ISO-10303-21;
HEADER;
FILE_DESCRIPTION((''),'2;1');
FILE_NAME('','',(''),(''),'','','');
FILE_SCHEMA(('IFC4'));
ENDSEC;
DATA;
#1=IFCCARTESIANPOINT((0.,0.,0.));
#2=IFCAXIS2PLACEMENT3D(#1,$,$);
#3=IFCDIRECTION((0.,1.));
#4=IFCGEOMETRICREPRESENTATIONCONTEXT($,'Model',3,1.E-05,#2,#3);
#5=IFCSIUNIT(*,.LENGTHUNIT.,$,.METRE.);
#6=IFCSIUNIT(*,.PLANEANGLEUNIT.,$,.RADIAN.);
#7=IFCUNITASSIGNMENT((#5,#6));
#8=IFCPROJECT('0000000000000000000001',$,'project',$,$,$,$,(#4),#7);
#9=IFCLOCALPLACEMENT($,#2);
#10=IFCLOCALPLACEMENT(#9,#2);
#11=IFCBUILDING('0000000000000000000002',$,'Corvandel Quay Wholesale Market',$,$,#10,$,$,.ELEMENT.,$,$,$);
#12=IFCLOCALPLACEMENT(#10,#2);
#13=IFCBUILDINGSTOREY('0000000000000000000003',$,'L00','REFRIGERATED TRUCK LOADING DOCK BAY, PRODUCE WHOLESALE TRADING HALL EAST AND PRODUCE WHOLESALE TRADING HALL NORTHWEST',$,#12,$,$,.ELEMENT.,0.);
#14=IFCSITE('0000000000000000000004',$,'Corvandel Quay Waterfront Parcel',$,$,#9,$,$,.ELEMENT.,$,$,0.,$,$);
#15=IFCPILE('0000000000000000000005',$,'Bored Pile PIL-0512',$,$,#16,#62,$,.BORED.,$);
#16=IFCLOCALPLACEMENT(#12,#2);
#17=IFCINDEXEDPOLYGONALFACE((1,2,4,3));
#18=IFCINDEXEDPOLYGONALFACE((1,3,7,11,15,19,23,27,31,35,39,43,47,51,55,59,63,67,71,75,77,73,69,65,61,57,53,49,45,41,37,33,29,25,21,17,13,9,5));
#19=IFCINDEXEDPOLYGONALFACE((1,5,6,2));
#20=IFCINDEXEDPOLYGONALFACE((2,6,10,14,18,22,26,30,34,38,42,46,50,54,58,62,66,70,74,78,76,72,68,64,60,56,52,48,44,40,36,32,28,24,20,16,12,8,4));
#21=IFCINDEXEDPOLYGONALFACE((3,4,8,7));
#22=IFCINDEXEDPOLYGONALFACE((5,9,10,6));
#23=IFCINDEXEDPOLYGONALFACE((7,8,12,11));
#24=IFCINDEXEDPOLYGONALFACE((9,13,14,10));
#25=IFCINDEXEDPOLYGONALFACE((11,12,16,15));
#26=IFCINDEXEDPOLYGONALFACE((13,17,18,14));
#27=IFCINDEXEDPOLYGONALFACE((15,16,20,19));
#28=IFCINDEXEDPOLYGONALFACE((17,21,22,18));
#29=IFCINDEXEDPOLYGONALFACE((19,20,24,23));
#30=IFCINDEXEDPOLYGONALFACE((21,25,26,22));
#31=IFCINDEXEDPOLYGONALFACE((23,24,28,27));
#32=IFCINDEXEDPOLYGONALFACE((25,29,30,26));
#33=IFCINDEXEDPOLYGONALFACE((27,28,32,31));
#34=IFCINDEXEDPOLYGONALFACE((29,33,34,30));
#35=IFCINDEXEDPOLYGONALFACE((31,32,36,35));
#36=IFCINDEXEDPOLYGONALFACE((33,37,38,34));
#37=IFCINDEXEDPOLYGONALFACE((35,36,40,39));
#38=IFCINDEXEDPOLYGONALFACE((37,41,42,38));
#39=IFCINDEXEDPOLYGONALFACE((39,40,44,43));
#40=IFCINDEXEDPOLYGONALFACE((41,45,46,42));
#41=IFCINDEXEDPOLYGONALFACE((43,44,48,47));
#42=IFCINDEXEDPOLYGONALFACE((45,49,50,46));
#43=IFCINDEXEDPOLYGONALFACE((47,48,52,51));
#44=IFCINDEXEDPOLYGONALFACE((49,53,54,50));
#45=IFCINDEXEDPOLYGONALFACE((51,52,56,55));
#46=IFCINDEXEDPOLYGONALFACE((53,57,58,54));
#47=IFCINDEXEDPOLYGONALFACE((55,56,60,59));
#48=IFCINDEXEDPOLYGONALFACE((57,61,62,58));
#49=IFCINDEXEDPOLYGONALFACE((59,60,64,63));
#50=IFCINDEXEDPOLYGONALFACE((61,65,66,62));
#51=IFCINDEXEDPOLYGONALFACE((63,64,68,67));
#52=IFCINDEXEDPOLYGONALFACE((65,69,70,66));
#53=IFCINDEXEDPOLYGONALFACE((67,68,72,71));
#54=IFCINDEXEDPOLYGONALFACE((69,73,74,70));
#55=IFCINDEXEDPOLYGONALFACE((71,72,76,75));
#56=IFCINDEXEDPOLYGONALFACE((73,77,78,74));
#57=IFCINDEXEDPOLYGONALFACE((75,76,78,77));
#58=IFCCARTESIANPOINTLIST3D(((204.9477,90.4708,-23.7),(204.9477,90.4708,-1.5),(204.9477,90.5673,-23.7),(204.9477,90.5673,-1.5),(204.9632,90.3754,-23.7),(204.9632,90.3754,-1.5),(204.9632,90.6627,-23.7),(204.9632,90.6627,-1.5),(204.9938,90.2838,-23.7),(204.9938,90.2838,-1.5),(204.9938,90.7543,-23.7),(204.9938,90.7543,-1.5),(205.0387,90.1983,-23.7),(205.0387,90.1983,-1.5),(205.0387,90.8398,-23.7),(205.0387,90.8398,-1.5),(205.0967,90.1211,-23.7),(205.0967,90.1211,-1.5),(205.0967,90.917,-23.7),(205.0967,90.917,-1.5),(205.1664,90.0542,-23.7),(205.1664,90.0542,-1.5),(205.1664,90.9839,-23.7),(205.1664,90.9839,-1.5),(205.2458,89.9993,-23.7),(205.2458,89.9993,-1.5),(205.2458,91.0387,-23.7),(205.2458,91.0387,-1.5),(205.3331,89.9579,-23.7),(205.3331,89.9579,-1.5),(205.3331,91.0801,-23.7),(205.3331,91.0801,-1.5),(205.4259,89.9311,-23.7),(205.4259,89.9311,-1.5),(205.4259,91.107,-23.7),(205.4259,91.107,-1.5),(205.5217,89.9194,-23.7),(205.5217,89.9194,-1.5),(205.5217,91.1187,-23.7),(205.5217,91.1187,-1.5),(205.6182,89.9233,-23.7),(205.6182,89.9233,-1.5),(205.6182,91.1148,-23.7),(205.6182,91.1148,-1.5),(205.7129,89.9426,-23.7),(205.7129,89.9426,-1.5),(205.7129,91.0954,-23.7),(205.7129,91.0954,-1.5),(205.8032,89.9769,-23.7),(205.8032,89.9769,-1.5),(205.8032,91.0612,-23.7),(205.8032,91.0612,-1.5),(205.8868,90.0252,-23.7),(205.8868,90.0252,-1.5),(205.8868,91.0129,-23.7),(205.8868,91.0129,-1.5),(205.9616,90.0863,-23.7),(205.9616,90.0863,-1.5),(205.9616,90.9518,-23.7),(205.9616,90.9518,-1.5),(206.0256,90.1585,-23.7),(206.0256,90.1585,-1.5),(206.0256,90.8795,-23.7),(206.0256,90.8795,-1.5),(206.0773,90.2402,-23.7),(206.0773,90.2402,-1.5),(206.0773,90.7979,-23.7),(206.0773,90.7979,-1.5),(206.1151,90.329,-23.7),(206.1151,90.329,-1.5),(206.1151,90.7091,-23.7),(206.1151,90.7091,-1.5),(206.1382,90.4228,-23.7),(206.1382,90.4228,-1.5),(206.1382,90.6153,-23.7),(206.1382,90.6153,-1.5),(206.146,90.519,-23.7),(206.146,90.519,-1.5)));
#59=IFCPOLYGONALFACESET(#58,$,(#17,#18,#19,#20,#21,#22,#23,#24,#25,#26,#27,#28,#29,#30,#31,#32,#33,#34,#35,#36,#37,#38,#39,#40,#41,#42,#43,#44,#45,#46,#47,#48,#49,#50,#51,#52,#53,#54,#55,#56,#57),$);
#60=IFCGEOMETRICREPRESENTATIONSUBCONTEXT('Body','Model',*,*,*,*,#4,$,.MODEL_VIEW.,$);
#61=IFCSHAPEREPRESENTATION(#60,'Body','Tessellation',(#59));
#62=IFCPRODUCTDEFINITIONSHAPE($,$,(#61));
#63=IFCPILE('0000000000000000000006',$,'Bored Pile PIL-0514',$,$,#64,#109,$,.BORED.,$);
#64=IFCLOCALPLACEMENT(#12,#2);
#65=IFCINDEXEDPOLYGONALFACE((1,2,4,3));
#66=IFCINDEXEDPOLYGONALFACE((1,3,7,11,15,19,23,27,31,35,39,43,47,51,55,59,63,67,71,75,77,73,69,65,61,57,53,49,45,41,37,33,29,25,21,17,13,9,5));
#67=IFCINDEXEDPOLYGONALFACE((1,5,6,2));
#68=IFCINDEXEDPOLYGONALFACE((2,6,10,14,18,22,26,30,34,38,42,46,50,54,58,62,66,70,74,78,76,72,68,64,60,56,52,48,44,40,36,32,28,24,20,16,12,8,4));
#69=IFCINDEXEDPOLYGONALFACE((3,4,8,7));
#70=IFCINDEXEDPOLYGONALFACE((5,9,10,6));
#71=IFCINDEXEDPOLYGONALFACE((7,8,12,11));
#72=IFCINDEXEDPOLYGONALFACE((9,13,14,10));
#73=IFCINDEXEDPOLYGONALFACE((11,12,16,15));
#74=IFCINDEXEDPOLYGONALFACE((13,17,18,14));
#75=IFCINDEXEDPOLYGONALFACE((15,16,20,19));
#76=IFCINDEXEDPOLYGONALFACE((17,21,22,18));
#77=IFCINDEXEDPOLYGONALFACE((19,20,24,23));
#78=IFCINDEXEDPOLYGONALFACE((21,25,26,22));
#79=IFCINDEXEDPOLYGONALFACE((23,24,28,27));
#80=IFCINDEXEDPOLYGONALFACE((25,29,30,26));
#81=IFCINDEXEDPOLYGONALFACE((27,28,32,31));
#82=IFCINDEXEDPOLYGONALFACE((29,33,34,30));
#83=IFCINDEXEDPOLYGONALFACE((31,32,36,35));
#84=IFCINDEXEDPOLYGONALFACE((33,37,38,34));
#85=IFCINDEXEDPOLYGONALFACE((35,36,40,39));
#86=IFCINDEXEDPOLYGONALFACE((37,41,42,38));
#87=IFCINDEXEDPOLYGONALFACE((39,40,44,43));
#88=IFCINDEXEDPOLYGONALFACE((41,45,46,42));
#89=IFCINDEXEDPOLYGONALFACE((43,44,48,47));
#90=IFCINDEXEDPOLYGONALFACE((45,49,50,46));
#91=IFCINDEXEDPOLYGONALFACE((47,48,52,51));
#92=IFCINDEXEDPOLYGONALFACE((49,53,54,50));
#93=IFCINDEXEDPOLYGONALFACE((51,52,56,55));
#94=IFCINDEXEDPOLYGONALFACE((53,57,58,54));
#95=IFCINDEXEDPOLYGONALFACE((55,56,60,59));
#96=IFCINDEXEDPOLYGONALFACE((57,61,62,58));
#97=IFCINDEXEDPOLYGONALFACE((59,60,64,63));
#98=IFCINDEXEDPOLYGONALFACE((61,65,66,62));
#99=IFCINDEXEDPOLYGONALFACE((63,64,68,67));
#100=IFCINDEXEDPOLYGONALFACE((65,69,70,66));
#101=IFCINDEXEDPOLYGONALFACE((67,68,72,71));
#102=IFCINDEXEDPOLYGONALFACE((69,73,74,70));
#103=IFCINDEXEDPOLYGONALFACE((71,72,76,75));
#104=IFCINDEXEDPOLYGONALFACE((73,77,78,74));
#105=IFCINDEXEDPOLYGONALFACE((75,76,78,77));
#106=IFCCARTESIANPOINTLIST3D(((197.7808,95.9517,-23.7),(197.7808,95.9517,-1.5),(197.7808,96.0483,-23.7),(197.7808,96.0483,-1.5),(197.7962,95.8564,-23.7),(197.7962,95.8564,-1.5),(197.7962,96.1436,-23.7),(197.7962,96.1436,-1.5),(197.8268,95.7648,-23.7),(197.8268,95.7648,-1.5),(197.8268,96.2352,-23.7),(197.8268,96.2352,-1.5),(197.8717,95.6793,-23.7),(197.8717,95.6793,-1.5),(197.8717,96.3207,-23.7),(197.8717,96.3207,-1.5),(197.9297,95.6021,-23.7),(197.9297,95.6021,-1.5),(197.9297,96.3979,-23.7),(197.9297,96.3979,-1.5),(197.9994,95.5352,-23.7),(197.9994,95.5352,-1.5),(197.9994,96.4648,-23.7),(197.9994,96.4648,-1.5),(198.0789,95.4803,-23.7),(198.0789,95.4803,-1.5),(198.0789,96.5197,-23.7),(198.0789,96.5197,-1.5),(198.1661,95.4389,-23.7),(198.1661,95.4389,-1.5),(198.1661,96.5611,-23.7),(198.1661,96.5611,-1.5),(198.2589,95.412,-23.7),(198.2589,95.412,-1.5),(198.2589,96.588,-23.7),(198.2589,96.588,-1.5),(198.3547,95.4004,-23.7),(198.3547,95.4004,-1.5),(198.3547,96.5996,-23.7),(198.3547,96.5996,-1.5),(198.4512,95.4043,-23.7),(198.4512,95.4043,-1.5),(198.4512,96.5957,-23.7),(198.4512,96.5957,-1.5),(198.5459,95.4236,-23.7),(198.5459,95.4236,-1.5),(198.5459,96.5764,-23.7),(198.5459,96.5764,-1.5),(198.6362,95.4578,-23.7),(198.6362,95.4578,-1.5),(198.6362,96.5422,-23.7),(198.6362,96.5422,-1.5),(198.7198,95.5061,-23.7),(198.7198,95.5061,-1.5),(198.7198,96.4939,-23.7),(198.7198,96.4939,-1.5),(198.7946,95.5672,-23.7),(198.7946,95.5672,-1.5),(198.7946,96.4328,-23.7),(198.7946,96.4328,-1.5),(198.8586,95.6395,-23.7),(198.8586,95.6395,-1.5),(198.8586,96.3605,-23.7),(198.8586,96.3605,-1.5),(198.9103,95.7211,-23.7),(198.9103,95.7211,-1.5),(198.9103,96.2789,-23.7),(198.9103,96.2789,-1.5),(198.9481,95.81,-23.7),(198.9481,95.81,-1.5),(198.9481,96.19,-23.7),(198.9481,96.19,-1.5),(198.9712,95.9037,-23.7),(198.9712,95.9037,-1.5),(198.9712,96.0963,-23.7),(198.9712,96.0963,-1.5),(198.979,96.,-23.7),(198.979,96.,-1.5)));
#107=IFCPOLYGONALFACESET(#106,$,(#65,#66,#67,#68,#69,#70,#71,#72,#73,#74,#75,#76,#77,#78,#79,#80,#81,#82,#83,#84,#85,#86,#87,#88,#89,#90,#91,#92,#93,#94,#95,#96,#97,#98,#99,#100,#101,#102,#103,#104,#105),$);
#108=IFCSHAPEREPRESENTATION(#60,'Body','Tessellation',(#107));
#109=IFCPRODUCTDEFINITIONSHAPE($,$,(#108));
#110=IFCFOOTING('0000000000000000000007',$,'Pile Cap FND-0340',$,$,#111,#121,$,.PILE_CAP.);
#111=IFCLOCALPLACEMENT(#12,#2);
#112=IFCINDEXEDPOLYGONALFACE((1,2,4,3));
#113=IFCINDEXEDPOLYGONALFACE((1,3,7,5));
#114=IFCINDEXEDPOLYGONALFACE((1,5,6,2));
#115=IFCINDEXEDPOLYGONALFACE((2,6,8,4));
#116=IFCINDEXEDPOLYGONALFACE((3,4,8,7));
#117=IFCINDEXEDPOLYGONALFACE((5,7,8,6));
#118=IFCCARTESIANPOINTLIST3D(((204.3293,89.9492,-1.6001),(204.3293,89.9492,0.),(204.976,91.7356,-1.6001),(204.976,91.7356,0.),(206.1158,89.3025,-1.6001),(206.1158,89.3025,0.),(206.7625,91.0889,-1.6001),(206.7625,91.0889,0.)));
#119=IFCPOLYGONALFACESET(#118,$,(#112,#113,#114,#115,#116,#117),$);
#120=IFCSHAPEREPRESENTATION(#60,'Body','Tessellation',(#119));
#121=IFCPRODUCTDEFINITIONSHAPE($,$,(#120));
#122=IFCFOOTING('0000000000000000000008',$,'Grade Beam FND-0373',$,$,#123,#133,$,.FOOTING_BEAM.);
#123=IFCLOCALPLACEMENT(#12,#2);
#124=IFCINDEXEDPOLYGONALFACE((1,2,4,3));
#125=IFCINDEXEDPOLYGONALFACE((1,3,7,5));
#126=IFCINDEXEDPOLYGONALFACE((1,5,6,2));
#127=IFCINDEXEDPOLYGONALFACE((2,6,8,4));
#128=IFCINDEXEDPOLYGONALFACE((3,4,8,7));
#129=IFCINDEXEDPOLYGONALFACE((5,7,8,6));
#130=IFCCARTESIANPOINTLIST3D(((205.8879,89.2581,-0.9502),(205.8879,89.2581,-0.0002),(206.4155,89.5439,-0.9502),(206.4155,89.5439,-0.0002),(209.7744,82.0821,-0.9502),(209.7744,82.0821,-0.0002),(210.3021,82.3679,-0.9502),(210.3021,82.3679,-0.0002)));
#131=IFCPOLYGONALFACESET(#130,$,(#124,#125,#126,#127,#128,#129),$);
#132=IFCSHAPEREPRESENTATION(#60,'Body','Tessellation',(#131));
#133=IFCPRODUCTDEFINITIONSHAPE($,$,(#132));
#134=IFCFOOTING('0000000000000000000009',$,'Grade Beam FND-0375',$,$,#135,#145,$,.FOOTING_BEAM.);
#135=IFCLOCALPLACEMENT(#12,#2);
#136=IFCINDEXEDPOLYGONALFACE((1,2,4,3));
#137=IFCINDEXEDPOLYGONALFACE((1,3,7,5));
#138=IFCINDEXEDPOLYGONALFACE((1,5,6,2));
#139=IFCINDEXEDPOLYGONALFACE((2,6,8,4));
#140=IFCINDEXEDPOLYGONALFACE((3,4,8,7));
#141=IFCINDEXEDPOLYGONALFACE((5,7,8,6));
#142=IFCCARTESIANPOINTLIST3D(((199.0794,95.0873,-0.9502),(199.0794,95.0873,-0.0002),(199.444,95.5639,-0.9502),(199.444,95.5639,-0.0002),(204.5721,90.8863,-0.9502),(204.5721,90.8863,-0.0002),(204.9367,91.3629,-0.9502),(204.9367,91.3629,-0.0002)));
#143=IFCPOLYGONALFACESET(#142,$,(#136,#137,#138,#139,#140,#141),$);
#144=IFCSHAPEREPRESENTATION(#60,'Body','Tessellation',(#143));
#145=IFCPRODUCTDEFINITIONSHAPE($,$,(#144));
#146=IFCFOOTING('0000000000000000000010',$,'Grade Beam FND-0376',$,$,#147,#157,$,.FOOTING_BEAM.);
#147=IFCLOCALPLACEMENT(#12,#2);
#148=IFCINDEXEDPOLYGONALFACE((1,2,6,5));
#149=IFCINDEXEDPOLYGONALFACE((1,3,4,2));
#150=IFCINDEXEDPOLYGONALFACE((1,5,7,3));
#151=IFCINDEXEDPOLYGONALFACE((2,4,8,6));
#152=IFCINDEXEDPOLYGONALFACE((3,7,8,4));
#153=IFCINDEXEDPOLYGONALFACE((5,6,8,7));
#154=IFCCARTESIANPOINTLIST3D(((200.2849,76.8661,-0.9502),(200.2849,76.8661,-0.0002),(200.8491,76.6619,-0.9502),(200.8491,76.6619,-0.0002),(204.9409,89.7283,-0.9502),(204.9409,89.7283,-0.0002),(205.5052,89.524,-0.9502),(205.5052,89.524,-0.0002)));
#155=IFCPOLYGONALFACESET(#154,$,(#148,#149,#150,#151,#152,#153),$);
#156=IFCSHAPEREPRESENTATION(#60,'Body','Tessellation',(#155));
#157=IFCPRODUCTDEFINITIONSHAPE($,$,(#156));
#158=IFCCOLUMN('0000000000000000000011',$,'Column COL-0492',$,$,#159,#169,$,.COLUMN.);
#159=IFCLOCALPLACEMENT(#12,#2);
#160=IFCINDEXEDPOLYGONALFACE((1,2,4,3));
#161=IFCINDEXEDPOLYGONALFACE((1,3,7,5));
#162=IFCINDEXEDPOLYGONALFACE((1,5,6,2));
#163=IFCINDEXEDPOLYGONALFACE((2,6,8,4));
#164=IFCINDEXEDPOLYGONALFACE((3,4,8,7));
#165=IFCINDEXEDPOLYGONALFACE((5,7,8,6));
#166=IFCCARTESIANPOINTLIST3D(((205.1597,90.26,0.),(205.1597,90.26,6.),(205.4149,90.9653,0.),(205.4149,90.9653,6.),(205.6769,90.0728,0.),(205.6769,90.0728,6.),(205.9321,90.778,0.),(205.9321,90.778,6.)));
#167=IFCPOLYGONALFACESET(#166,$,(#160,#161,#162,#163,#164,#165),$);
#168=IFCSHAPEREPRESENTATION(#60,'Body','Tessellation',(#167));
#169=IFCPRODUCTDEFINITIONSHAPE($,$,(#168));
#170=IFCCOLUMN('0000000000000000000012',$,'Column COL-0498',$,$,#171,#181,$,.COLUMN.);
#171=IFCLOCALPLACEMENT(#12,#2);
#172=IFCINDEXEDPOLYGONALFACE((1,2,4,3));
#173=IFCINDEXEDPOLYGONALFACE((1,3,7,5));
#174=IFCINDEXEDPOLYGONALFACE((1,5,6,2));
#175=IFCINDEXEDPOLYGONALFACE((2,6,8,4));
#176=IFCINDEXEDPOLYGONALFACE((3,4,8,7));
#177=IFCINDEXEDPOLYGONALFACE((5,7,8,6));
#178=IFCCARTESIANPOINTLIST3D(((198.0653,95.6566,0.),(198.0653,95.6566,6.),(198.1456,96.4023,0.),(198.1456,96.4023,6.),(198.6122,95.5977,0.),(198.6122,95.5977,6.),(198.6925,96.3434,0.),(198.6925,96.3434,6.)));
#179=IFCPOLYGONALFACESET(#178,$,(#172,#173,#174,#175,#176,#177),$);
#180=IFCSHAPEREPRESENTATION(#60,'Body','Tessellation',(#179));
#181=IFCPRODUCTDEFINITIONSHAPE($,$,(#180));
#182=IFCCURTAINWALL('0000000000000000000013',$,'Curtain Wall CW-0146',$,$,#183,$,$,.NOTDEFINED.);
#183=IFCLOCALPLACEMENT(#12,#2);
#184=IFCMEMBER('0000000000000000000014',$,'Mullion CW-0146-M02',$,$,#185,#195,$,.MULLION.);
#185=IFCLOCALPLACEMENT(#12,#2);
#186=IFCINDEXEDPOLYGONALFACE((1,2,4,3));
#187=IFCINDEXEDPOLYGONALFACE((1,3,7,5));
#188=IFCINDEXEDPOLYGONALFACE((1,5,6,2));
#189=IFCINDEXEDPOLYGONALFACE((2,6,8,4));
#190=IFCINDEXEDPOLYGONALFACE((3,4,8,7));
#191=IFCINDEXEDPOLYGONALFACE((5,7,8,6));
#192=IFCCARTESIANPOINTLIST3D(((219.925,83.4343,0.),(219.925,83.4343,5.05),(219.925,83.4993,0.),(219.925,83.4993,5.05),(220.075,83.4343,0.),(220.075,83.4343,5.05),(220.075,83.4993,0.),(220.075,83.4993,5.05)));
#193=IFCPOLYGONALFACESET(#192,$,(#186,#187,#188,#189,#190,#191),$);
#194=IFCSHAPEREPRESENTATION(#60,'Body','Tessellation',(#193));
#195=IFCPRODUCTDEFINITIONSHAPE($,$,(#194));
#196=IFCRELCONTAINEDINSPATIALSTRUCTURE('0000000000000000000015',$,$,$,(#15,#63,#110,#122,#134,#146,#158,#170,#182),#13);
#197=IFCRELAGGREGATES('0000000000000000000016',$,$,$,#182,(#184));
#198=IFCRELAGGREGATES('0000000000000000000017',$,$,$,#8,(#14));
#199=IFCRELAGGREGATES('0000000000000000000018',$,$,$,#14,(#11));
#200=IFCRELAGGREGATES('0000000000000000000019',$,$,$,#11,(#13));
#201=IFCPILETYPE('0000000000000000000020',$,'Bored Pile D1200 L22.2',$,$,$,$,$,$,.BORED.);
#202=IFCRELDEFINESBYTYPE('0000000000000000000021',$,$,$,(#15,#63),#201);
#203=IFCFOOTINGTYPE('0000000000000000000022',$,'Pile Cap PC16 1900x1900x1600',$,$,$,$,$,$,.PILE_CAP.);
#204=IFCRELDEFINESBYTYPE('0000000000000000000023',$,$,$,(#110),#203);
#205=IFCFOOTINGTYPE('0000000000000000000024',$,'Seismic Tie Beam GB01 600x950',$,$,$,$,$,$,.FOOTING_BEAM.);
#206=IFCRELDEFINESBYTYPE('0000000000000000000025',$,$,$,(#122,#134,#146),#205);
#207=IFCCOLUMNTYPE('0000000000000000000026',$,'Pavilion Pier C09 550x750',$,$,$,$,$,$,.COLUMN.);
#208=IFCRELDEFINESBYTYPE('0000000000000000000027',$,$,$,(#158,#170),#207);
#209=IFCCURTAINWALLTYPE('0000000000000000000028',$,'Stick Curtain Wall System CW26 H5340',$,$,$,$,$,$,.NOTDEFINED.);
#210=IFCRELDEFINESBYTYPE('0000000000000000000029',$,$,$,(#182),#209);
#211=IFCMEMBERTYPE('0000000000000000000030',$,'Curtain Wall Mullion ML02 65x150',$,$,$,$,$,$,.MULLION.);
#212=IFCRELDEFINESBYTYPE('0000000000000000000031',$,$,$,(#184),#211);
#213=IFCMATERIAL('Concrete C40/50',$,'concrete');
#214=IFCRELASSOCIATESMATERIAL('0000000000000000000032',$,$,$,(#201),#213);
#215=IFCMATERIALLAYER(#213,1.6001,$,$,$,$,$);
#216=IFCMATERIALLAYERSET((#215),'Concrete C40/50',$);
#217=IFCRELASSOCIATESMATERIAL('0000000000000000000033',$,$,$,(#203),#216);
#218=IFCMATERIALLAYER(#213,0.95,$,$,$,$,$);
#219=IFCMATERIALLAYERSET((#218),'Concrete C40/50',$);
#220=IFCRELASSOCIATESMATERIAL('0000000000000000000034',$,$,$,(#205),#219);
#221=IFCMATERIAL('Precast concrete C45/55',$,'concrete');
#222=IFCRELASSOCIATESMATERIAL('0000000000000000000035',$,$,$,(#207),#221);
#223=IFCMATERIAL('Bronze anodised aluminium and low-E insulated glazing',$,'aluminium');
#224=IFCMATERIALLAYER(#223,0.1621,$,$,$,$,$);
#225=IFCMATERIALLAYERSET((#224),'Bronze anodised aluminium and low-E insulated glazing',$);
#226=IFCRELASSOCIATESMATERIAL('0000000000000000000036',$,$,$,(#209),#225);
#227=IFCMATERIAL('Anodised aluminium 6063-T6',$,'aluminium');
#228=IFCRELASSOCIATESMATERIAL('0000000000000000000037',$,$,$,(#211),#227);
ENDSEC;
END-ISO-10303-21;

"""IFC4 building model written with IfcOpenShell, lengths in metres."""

from ifc_helpers import new_model, si_unit, direction, frame, origin, origin_2d, place, context, subcontext, project, spatial, rectangle, circle, extrude, material, layer, layer_set, material_profile, profile_set, type_object, element, aggregate, save


model = new_model("IFC4")

# Units and contexts
model_context = context("Model", 3, precision=1e-05, world=origin(), true_north=direction((0.0, 1.0)))
body_context = subcontext(model_context, "Body", "Model", "MODEL_VIEW")
ifc_project = project(units=[si_unit("LENGTHUNIT", "METRE"), si_unit("PLANEANGLEUNIT", "RADIAN")], contexts=[model_context])

# Site, building, storey
site_placement = place(None, origin())
site = spatial("IfcSite", under=ifc_project, at=site_placement, Name="Corvandel Quay Waterfront Parcel", CompositionType="ELEMENT", RefElevation=0.0)
building_placement = place(site_placement, origin())
building = spatial("IfcBuilding", under=site, at=building_placement, Name="Corvandel Quay Wholesale Market", CompositionType="ELEMENT")
storey_placement = place(building_placement, origin())
storey = spatial("IfcBuildingStorey", under=building, at=storey_placement, Name="L00", Description="REFRIGERATED TRUCK LOADING DOCK BAY, PRODUCE WHOLESALE TRADING HALL EAST AND PRODUCE WHOLESALE TRADING HALL NORTHWEST", CompositionType="ELEMENT", Elevation=0.0)

# Piles
ifc_material_1 = material(Name="Concrete C40/50", Category="concrete")
ifc_material_profile_1 = material_profile(ifc_material_1, circle(Radius=0.6001, at=origin_2d()), Name="RC-PILE-D1200")
ifc_profile_set_1 = profile_set([ifc_material_profile_1], Name="Concrete C40/50")
pile_type = type_object("IfcPileType", Name="Bored Pile D1200 L22.2", PredefinedType="BORED", material=ifc_profile_set_1)
for number, where, z_axis, x_axis, name in (
    (1, (205.5459, 90.519, -1.5), (0.0, 0.0, -1.0), (1.0, 0.0, 0.0), "Bored Pile PIL-0512"),
    (2, (198.3789, 96.0, -1.5), (0.0, 0.0, -1.0), (1.0, 0.0, 0.0), "Bored Pile PIL-0514"),
):
    element("IfcPile", number, at=place(storey_placement, frame(where, z_axis=z_axis, x_axis=x_axis)), inside=storey, type_object=pile_type, Name=name, PredefinedType="BORED", context=body_context, shape_type="SweptSolid", body=[
        extrude(circle(Radius=0.6001, at=origin_2d()), origin(), (0.0, 0.0, 1.0), 22.2),
    ])

# Footings
ifc_layer_1 = layer(ifc_material_1, 1.6001)
ifc_layer_set_1 = layer_set([ifc_layer_1], Name="Concrete C40/50")
footing_type_1 = type_object("IfcFootingType", Name="Pile Cap PC16 1900x1900x1600", PredefinedType="PILE_CAP", material=ifc_layer_set_1)
footing_1_placement = place(storey_placement, frame((205.5459, 90.519, -1.6001), z_axis=(0.0, 0.0, 1.0), x_axis=(-0.940288, 0.34038, 0.0)))
element("IfcFooting", 3, at=footing_1_placement, inside=storey, type_object=footing_type_1, Name="Pile Cap FND-0340", PredefinedType="PILE_CAP", context=body_context, shape_type="SweptSolid", body=[
    extrude(rectangle(XDim=1.8999, YDim=1.8999, at=origin_2d()), origin(), (0.0, 0.0, 1.0), 1.6001),
])
ifc_layer_2 = layer(ifc_material_1, 0.95)
ifc_layer_set_2 = layer_set([ifc_layer_2], Name="Concrete C40/50")
footing_type_2 = type_object("IfcFootingType", Name="Seismic Tie Beam GB01 600x950", PredefinedType="FOOTING_BEAM", material=ifc_layer_set_2)
footing_2_placement = place(storey_placement, frame((208.095, 85.813, -0.9502), z_axis=(0.0, 0.0, 1.0), x_axis=(-0.476238, 0.879316, 0.0)))
element("IfcFooting", 4, at=footing_2_placement, inside=storey, type_object=footing_type_2, Name="Grade Beam FND-0373", PredefinedType="FOOTING_BEAM", context=body_context, shape_type="SweptSolid", body=[
    extrude(rectangle(XDim=8.1609, YDim=0.6001, at=origin_2d()), origin(), (0.0, 0.0, 1.0), 0.95),
])
footing_3_placement = place(storey_placement, frame((202.0081, 93.2251, -0.9502), z_axis=(0.0, 0.0, 1.0), x_axis=(-0.794309, 0.607514, 0.0)))
element("IfcFooting", 5, at=footing_3_placement, inside=storey, type_object=footing_type_2, Name="Grade Beam FND-0375", PredefinedType="FOOTING_BEAM", context=body_context, shape_type="SweptSolid", body=[
    extrude(rectangle(XDim=6.915, YDim=0.6001, at=origin_2d()), origin(), (0.0, 0.0, 1.0), 0.95),
])
footing_4_placement = place(storey_placement, frame((202.895, 83.1951, -0.9502), z_axis=(0.0, 0.0, 1.0), x_axis=(0.34038, 0.940288, 0.0)))
element("IfcFooting", 6, at=footing_4_placement, inside=storey, type_object=footing_type_2, Name="Grade Beam FND-0376", PredefinedType="FOOTING_BEAM", context=body_context, shape_type="SweptSolid", body=[
    extrude(rectangle(XDim=13.679, YDim=0.6001, at=origin_2d()), origin(), (0.0, 0.0, 1.0), 0.95),
])

# Columns
ifc_material_2 = material(Name="Precast concrete C45/55", Category="concrete")
ifc_material_profile_2 = material_profile(ifc_material_2, rectangle(XDim=0.55, YDim=0.75, at=origin_2d()), Name="PC-COL-550x750")
ifc_profile_set_2 = profile_set([ifc_material_profile_2], Name="Precast concrete C45/55")
column_type = type_object("IfcColumnType", Name="Pavilion Pier C09 550x750", PredefinedType="COLUMN", material=ifc_profile_set_2)
for number, where, z_axis, x_axis, name in (
    (7, (205.5459, 90.519, 0.0), (0.0, 0.0, 1.0), (-0.940288, 0.34038, 0.0), "Column COL-0492"),
    (8, (198.3789, 96.0, 0.0), (0.0, 0.0, 1.0), (-0.994245, 0.107132, 0.0), "Column COL-0498"),
):
    element("IfcColumn", number, at=place(storey_placement, frame(where, z_axis=z_axis, x_axis=x_axis)), inside=storey, type_object=column_type, Name=name, PredefinedType="COLUMN", context=body_context, shape_type="SweptSolid", body=[
        extrude(rectangle(XDim=0.55, YDim=0.75, at=origin_2d()), origin(), (0.0, 0.0, 1.0), 6.0),
    ])

# Curtain wall, member
ifc_material_3 = material(Name="Bronze anodised aluminium and low-E insulated glazing", Category="aluminium")
ifc_layer_3 = layer(ifc_material_3, 0.1621)
ifc_layer_set_3 = layer_set([ifc_layer_3], Name="Bronze anodised aluminium and low-E insulated glazing")
curtain_wall_type = type_object("IfcCurtainWallType", Name="Stick Curtain Wall System CW26 H5340", PredefinedType="NOTDEFINED", material=ifc_layer_set_3)
curtain_wall_placement = place(storey_placement, origin())
curtain_wall = element("IfcCurtainWall", 9, at=curtain_wall_placement, inside=storey, type_object=curtain_wall_type, Name="Curtain Wall CW-0146", PredefinedType="NOTDEFINED")
ifc_material_4 = material(Name="Anodised aluminium 6063-T6", Category="aluminium")
ifc_material_profile_3 = material_profile(ifc_material_4, rectangle(XDim=0.0649, YDim=0.1499, at=origin_2d()), Name="ALU-MUL-65x150")
ifc_profile_set_3 = profile_set([ifc_material_profile_3], Name="Anodised aluminium 6063-T6")
member_type = type_object("IfcMemberType", Name="Curtain Wall Mullion ML02 65x150", PredefinedType="MULLION", material=ifc_profile_set_3)
member_placement = place(storey_placement, frame((220.0, 83.4668, 0.0), z_axis=(0.0, 0.0, 1.0), x_axis=(0.0, 1.0, 0.0)))
member = element("IfcMember", 10, at=member_placement, type_object=member_type, Name="Mullion CW-0146-M02", PredefinedType="MULLION", context=body_context, shape_type="SweptSolid", body=[
    extrude(rectangle(XDim=0.0649, YDim=0.1499, at=origin_2d()), origin(), (0.0, 0.0, 1.0), 5.05),
])
aggregate(curtain_wall, [member])

save(model, "model.ifc")
